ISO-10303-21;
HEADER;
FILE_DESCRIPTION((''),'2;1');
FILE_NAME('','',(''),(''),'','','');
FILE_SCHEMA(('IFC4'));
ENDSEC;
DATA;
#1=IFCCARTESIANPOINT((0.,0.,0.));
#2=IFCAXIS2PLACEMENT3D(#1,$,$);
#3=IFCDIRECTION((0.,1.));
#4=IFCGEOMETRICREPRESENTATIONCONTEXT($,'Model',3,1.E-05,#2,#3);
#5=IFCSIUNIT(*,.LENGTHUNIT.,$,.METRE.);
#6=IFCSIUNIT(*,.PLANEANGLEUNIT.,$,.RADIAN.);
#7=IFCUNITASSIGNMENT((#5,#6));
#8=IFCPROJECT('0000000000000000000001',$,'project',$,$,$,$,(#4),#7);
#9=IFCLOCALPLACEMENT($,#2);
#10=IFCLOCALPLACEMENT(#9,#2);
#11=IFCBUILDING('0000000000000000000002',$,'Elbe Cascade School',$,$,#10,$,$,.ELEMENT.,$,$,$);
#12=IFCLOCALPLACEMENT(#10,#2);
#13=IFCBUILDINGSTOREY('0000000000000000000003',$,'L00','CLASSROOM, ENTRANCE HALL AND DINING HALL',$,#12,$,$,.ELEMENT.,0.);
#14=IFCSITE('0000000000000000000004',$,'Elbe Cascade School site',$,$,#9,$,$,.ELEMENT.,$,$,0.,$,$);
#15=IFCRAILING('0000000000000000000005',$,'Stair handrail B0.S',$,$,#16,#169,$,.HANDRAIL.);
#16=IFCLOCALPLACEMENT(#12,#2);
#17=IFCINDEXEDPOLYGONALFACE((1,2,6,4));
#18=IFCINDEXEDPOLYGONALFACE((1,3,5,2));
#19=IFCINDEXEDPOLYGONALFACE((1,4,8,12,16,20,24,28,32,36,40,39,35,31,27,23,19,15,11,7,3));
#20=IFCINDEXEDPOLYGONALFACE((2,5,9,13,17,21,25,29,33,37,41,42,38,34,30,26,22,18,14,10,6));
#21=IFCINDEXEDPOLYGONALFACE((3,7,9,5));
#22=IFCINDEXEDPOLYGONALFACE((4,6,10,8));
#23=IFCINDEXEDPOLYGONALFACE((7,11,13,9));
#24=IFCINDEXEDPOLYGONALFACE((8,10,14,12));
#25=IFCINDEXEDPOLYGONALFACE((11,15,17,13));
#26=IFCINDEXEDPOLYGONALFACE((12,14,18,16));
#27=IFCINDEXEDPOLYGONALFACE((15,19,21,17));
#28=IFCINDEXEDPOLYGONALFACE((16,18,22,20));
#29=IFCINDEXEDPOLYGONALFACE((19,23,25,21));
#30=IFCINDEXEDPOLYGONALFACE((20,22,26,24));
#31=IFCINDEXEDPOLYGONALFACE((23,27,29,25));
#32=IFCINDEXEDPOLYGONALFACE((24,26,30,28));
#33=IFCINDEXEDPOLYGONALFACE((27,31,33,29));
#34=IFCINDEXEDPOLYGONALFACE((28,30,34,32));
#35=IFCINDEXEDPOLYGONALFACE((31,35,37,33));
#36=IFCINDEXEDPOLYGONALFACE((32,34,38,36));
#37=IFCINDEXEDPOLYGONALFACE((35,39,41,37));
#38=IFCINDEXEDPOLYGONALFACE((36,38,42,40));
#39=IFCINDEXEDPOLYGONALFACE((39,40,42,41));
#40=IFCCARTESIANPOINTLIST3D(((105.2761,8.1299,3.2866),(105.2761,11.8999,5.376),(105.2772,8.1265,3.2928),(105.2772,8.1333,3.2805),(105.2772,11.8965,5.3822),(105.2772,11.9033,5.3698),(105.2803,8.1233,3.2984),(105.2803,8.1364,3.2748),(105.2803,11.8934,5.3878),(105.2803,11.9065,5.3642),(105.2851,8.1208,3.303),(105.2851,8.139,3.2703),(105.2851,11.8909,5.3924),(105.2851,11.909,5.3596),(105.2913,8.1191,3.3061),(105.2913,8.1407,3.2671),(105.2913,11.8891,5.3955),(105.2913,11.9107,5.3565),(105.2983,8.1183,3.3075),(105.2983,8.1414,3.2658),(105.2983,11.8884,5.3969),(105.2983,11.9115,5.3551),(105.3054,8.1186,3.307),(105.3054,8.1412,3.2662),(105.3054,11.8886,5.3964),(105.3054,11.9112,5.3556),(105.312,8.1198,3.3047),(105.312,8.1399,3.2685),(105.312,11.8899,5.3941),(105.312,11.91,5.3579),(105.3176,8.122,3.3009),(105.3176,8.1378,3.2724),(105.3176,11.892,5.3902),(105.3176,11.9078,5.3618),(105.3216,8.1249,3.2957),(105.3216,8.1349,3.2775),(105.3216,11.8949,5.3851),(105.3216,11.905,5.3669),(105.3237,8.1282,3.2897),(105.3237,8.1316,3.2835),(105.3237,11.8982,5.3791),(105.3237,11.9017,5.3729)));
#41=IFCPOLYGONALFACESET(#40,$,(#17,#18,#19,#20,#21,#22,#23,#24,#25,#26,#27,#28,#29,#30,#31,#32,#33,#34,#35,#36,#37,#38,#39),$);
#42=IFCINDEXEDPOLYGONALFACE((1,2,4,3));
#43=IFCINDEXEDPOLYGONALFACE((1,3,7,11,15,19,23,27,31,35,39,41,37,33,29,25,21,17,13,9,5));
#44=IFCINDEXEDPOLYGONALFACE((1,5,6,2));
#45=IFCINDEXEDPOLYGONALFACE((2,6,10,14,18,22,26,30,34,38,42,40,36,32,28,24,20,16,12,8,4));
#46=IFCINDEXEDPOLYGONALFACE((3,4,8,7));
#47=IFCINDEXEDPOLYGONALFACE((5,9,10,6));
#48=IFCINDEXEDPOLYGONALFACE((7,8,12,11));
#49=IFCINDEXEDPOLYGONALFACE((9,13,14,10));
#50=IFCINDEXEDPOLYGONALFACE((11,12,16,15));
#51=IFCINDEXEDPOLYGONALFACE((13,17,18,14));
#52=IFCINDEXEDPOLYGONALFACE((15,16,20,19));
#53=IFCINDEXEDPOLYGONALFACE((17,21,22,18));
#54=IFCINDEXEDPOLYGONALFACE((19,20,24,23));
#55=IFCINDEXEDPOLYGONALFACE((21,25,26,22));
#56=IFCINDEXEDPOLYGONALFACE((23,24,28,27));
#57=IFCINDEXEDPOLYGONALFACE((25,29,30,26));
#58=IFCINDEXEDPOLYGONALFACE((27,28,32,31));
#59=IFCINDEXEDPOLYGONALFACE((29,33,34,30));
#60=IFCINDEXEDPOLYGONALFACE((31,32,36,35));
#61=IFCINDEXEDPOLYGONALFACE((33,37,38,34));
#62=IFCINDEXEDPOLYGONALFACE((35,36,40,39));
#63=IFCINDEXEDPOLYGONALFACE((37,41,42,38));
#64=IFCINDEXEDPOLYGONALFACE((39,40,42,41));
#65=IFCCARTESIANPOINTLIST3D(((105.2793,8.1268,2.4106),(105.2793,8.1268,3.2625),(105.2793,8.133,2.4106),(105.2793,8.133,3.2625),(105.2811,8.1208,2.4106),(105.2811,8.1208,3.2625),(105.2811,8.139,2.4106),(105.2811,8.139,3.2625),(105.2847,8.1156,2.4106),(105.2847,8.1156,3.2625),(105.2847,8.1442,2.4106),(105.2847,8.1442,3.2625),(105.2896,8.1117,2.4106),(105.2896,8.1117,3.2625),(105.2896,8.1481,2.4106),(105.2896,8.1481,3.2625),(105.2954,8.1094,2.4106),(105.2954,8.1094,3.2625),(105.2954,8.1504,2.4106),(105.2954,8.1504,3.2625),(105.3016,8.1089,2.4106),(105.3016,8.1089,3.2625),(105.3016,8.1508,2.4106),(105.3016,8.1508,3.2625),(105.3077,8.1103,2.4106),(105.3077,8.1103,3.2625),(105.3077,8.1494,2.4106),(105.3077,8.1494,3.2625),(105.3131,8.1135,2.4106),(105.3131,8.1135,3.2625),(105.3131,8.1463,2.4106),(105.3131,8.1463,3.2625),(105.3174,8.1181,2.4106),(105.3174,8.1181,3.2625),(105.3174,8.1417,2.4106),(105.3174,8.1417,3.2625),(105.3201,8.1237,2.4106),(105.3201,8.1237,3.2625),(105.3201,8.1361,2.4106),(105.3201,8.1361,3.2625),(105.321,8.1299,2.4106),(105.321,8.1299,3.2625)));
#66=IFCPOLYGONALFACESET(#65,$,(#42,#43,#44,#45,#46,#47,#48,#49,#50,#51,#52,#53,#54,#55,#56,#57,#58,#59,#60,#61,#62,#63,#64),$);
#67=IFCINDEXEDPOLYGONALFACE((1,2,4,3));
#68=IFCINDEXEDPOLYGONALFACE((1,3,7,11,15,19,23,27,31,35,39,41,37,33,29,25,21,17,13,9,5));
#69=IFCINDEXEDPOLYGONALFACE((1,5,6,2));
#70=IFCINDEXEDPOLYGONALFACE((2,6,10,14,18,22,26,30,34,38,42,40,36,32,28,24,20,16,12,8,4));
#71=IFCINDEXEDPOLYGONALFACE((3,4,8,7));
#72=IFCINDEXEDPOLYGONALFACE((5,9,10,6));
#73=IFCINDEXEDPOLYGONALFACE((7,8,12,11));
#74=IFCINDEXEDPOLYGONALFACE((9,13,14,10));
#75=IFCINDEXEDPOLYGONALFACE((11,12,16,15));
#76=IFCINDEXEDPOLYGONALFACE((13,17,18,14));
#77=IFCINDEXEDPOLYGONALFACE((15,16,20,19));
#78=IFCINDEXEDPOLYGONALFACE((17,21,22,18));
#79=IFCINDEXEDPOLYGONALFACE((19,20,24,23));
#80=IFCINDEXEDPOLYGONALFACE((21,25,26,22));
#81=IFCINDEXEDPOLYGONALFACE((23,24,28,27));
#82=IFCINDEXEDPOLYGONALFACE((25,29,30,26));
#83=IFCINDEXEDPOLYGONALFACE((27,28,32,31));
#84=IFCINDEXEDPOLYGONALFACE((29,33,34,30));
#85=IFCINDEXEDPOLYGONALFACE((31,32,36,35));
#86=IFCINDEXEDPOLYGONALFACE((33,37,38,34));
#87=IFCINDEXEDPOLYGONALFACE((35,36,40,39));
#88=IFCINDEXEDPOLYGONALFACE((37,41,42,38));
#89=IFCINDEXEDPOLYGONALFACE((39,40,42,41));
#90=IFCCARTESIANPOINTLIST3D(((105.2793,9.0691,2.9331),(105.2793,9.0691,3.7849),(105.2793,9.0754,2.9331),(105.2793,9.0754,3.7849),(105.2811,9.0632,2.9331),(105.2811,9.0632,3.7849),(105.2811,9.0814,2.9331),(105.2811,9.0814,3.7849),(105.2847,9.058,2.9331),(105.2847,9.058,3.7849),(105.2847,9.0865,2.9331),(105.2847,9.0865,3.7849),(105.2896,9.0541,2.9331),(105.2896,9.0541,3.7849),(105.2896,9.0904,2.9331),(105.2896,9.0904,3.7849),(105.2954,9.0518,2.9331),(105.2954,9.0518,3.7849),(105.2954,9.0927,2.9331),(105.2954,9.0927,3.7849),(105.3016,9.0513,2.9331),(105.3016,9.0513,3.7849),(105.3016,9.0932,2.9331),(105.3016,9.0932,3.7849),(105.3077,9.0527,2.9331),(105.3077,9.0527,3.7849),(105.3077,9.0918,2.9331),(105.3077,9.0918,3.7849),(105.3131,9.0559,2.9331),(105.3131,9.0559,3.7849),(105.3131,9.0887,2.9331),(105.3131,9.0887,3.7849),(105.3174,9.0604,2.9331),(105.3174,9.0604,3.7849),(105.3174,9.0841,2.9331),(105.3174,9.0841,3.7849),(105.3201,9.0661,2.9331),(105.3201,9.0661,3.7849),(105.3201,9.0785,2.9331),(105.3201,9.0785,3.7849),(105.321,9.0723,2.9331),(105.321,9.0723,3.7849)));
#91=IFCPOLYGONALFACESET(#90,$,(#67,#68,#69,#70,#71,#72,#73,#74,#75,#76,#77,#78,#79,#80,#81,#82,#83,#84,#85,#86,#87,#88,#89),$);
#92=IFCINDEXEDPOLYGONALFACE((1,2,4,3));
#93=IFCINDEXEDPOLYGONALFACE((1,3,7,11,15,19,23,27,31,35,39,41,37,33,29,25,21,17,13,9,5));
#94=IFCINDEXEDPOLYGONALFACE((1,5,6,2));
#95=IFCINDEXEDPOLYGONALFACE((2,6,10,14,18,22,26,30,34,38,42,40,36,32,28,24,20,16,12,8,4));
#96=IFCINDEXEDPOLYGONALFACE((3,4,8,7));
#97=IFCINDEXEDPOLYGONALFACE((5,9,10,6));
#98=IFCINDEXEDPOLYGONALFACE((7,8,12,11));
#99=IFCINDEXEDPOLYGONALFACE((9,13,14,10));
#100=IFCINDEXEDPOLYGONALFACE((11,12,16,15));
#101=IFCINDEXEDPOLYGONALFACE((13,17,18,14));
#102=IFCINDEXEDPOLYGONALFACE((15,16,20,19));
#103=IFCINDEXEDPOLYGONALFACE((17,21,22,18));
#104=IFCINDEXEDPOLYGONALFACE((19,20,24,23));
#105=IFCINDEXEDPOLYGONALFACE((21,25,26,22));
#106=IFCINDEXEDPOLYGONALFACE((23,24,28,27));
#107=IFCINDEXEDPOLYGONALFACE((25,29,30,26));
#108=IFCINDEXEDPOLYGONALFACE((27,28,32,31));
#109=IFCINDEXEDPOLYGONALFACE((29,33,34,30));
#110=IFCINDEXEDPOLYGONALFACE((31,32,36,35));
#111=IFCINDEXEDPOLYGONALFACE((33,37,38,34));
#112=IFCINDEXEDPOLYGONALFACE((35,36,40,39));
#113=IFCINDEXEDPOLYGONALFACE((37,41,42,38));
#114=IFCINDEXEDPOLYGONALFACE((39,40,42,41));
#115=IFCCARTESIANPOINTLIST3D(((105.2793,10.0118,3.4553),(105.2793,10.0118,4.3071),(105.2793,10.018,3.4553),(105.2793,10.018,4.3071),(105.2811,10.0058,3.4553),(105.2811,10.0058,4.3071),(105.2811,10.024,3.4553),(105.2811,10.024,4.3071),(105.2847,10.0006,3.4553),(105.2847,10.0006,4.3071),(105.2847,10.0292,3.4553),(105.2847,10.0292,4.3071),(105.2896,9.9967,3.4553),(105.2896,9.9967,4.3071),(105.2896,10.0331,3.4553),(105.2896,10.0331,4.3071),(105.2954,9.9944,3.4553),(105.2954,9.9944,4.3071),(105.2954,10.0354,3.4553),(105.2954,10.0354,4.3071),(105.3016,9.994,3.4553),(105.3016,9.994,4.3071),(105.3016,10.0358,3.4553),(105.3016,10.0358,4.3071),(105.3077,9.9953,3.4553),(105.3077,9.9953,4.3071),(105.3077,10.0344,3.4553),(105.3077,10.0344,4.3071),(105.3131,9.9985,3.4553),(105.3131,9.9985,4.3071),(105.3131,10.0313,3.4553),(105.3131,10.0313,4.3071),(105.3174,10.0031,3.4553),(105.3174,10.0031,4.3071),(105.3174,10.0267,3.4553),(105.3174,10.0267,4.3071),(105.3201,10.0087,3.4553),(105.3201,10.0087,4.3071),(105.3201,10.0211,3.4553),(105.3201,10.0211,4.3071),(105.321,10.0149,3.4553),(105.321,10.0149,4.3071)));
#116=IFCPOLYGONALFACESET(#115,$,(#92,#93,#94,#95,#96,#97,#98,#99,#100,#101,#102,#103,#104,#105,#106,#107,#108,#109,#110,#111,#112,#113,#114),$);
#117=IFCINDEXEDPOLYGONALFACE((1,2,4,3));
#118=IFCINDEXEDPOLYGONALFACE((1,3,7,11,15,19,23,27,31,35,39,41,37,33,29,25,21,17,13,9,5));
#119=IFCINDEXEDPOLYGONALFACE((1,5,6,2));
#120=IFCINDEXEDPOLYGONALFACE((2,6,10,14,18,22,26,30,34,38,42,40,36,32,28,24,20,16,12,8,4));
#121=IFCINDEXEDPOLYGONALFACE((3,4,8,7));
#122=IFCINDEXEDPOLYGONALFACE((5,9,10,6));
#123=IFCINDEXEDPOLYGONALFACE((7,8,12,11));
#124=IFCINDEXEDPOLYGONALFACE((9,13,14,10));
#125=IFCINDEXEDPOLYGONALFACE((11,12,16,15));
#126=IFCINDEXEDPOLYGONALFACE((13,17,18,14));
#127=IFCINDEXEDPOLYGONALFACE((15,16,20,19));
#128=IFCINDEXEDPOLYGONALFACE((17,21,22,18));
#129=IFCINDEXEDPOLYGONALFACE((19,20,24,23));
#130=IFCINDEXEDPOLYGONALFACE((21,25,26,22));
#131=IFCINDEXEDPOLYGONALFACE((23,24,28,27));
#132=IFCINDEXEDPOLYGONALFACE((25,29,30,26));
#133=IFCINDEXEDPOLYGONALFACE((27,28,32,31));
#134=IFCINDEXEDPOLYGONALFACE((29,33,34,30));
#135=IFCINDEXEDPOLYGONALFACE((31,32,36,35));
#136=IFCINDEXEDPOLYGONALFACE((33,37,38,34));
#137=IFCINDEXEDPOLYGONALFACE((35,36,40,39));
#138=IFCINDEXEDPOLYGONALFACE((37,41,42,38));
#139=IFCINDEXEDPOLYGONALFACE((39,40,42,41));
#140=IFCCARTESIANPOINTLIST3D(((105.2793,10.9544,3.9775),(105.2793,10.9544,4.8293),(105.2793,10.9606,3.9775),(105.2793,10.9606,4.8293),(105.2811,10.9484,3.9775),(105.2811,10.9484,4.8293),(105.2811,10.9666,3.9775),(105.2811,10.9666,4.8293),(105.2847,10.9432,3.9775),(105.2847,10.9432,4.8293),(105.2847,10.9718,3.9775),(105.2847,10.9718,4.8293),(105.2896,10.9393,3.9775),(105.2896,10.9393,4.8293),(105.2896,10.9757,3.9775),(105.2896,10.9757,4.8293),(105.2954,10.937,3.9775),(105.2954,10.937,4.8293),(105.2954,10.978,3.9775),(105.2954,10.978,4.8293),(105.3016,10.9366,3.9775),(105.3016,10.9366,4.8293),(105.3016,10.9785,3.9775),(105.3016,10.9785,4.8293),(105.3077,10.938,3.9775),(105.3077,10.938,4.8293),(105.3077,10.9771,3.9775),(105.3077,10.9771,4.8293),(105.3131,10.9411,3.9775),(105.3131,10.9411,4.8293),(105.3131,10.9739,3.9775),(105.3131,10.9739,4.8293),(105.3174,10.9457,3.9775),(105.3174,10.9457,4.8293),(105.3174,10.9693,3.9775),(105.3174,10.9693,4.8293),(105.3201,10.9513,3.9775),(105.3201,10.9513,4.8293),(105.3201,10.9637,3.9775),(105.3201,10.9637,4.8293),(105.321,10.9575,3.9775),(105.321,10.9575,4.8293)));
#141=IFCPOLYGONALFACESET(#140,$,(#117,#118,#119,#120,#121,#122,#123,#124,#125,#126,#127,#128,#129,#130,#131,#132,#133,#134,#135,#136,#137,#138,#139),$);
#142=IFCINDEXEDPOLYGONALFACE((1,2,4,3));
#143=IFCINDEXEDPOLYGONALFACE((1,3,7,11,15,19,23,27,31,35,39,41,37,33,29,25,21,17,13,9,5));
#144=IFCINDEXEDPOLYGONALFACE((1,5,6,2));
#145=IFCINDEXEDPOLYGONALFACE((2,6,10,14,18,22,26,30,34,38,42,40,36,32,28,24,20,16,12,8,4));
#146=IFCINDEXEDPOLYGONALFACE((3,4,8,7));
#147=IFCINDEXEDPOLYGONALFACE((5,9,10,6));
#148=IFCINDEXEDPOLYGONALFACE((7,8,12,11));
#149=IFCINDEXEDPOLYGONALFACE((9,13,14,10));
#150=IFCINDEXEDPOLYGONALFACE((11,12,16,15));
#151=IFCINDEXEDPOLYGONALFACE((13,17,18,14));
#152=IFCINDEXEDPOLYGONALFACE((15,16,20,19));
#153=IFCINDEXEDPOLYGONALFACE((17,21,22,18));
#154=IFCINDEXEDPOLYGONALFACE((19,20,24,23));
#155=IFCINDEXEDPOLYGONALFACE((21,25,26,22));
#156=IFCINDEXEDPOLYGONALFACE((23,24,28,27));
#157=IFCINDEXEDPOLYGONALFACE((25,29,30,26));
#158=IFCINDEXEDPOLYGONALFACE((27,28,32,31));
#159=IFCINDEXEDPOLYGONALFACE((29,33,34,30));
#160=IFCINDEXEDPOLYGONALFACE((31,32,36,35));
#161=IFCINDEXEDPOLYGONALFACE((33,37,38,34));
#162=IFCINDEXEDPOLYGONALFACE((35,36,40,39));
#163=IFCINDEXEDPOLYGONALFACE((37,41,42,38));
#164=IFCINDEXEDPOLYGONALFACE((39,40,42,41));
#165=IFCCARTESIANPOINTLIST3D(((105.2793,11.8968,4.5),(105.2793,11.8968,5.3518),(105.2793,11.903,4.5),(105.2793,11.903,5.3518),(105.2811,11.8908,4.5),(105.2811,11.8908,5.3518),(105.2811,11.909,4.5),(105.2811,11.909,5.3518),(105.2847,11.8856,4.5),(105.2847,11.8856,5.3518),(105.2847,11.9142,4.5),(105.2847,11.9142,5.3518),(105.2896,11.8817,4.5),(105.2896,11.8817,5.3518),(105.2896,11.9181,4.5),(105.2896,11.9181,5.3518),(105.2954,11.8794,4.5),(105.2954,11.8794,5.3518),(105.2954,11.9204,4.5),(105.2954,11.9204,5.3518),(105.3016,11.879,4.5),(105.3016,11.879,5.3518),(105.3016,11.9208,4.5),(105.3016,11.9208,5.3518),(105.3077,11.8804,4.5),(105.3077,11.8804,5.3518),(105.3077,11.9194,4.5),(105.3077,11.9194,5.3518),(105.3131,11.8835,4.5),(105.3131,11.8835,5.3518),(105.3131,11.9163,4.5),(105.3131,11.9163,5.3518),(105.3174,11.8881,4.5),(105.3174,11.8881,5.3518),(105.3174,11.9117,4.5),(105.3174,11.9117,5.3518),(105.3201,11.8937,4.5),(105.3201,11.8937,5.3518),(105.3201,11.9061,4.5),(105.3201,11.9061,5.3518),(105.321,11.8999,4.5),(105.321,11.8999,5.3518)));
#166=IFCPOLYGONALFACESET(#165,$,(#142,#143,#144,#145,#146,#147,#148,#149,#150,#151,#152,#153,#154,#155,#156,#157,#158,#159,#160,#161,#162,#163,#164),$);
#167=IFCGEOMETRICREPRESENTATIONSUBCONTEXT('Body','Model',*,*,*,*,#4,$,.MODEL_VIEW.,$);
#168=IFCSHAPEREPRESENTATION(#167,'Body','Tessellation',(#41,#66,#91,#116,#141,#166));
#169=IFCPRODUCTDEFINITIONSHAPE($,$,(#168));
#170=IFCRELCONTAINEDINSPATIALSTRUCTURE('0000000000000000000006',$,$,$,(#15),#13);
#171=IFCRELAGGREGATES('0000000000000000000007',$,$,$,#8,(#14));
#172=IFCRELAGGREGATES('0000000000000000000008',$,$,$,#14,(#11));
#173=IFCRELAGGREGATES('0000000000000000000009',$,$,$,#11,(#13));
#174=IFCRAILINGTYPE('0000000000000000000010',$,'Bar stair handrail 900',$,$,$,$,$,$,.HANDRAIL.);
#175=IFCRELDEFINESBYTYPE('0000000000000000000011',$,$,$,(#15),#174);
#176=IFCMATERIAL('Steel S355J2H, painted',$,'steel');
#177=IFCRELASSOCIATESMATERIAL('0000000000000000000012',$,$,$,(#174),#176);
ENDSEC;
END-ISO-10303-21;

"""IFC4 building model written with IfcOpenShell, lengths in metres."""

from ifc_helpers import new_model, si_unit, direction, frame, origin, origin_2d, place, context, subcontext, project, spatial, circle, extrude, material, type_object, element, save


model = new_model("IFC4")

# Units and contexts
model_context = context("Model", 3, precision=1e-05, world=origin(), true_north=direction((0.0, 1.0)))
body_context = subcontext(model_context, "Body", "Model", "MODEL_VIEW")
ifc_project = project(units=[si_unit("LENGTHUNIT", "METRE"), si_unit("PLANEANGLEUNIT", "RADIAN")], contexts=[model_context])

# Site, building, storey
site_placement = place(None, origin())
site = spatial("IfcSite", under=ifc_project, at=site_placement, Name="Elbe Cascade School site", CompositionType="ELEMENT", RefElevation=0.0)
building_placement = place(site_placement, origin())
building = spatial("IfcBuilding", under=site, at=building_placement, Name="Elbe Cascade School", CompositionType="ELEMENT")
storey_placement = place(building_placement, origin())
storey = spatial("IfcBuildingStorey", under=building, at=storey_placement, Name="L00", Description="CLASSROOM, ENTRANCE HALL AND DINING HALL", CompositionType="ELEMENT", Elevation=0.0)

# Railing
ifc_material_1 = material(Name="Steel S355J2H, painted", Category="steel")
railing_type_1 = type_object("IfcRailingType", Name="Bar stair handrail 900", PredefinedType="HANDRAIL", material=ifc_material_1)
railing_1_placement = place(storey_placement, frame((105.3, 8.1299, 2.4106)))
element("IfcRailing", 1, at=railing_1_placement, inside=storey, type_object=railing_type_1, Name="Stair handrail B0.S", PredefinedType="HANDRAIL", context=body_context, shape_type="SweptSolid", body=[
    extrude(circle(Radius=0.0239, at=origin_2d()), frame((0.0, 0.0, 0.876), z_axis=(0.0, 0.874659, 0.484739), x_axis=(-1.0, 0.0, 0.0)), (0.0, 0.0, 1.0), 4.3103),
    extrude(circle(Radius=0.021, at=origin_2d()), origin(), (0.0, 0.0, 1.0), 0.8518),
    extrude(circle(Radius=0.021, at=origin_2d()), frame((0.0, 0.9424, 0.5225)), (0.0, 0.0, 1.0), 0.8518),
    extrude(circle(Radius=0.021, at=origin_2d()), frame((0.0, 1.885, 1.0447)), (0.0, 0.0, 1.0), 0.8518),
    extrude(circle(Radius=0.021, at=origin_2d()), frame((0.0, 2.8276, 1.5669)), (0.0, 0.0, 1.0), 0.8518),
    extrude(circle(Radius=0.021, at=origin_2d()), frame((0.0, 3.77, 2.0894)), (0.0, 0.0, 1.0), 0.8518),
])

save(model, "model.ifc")
